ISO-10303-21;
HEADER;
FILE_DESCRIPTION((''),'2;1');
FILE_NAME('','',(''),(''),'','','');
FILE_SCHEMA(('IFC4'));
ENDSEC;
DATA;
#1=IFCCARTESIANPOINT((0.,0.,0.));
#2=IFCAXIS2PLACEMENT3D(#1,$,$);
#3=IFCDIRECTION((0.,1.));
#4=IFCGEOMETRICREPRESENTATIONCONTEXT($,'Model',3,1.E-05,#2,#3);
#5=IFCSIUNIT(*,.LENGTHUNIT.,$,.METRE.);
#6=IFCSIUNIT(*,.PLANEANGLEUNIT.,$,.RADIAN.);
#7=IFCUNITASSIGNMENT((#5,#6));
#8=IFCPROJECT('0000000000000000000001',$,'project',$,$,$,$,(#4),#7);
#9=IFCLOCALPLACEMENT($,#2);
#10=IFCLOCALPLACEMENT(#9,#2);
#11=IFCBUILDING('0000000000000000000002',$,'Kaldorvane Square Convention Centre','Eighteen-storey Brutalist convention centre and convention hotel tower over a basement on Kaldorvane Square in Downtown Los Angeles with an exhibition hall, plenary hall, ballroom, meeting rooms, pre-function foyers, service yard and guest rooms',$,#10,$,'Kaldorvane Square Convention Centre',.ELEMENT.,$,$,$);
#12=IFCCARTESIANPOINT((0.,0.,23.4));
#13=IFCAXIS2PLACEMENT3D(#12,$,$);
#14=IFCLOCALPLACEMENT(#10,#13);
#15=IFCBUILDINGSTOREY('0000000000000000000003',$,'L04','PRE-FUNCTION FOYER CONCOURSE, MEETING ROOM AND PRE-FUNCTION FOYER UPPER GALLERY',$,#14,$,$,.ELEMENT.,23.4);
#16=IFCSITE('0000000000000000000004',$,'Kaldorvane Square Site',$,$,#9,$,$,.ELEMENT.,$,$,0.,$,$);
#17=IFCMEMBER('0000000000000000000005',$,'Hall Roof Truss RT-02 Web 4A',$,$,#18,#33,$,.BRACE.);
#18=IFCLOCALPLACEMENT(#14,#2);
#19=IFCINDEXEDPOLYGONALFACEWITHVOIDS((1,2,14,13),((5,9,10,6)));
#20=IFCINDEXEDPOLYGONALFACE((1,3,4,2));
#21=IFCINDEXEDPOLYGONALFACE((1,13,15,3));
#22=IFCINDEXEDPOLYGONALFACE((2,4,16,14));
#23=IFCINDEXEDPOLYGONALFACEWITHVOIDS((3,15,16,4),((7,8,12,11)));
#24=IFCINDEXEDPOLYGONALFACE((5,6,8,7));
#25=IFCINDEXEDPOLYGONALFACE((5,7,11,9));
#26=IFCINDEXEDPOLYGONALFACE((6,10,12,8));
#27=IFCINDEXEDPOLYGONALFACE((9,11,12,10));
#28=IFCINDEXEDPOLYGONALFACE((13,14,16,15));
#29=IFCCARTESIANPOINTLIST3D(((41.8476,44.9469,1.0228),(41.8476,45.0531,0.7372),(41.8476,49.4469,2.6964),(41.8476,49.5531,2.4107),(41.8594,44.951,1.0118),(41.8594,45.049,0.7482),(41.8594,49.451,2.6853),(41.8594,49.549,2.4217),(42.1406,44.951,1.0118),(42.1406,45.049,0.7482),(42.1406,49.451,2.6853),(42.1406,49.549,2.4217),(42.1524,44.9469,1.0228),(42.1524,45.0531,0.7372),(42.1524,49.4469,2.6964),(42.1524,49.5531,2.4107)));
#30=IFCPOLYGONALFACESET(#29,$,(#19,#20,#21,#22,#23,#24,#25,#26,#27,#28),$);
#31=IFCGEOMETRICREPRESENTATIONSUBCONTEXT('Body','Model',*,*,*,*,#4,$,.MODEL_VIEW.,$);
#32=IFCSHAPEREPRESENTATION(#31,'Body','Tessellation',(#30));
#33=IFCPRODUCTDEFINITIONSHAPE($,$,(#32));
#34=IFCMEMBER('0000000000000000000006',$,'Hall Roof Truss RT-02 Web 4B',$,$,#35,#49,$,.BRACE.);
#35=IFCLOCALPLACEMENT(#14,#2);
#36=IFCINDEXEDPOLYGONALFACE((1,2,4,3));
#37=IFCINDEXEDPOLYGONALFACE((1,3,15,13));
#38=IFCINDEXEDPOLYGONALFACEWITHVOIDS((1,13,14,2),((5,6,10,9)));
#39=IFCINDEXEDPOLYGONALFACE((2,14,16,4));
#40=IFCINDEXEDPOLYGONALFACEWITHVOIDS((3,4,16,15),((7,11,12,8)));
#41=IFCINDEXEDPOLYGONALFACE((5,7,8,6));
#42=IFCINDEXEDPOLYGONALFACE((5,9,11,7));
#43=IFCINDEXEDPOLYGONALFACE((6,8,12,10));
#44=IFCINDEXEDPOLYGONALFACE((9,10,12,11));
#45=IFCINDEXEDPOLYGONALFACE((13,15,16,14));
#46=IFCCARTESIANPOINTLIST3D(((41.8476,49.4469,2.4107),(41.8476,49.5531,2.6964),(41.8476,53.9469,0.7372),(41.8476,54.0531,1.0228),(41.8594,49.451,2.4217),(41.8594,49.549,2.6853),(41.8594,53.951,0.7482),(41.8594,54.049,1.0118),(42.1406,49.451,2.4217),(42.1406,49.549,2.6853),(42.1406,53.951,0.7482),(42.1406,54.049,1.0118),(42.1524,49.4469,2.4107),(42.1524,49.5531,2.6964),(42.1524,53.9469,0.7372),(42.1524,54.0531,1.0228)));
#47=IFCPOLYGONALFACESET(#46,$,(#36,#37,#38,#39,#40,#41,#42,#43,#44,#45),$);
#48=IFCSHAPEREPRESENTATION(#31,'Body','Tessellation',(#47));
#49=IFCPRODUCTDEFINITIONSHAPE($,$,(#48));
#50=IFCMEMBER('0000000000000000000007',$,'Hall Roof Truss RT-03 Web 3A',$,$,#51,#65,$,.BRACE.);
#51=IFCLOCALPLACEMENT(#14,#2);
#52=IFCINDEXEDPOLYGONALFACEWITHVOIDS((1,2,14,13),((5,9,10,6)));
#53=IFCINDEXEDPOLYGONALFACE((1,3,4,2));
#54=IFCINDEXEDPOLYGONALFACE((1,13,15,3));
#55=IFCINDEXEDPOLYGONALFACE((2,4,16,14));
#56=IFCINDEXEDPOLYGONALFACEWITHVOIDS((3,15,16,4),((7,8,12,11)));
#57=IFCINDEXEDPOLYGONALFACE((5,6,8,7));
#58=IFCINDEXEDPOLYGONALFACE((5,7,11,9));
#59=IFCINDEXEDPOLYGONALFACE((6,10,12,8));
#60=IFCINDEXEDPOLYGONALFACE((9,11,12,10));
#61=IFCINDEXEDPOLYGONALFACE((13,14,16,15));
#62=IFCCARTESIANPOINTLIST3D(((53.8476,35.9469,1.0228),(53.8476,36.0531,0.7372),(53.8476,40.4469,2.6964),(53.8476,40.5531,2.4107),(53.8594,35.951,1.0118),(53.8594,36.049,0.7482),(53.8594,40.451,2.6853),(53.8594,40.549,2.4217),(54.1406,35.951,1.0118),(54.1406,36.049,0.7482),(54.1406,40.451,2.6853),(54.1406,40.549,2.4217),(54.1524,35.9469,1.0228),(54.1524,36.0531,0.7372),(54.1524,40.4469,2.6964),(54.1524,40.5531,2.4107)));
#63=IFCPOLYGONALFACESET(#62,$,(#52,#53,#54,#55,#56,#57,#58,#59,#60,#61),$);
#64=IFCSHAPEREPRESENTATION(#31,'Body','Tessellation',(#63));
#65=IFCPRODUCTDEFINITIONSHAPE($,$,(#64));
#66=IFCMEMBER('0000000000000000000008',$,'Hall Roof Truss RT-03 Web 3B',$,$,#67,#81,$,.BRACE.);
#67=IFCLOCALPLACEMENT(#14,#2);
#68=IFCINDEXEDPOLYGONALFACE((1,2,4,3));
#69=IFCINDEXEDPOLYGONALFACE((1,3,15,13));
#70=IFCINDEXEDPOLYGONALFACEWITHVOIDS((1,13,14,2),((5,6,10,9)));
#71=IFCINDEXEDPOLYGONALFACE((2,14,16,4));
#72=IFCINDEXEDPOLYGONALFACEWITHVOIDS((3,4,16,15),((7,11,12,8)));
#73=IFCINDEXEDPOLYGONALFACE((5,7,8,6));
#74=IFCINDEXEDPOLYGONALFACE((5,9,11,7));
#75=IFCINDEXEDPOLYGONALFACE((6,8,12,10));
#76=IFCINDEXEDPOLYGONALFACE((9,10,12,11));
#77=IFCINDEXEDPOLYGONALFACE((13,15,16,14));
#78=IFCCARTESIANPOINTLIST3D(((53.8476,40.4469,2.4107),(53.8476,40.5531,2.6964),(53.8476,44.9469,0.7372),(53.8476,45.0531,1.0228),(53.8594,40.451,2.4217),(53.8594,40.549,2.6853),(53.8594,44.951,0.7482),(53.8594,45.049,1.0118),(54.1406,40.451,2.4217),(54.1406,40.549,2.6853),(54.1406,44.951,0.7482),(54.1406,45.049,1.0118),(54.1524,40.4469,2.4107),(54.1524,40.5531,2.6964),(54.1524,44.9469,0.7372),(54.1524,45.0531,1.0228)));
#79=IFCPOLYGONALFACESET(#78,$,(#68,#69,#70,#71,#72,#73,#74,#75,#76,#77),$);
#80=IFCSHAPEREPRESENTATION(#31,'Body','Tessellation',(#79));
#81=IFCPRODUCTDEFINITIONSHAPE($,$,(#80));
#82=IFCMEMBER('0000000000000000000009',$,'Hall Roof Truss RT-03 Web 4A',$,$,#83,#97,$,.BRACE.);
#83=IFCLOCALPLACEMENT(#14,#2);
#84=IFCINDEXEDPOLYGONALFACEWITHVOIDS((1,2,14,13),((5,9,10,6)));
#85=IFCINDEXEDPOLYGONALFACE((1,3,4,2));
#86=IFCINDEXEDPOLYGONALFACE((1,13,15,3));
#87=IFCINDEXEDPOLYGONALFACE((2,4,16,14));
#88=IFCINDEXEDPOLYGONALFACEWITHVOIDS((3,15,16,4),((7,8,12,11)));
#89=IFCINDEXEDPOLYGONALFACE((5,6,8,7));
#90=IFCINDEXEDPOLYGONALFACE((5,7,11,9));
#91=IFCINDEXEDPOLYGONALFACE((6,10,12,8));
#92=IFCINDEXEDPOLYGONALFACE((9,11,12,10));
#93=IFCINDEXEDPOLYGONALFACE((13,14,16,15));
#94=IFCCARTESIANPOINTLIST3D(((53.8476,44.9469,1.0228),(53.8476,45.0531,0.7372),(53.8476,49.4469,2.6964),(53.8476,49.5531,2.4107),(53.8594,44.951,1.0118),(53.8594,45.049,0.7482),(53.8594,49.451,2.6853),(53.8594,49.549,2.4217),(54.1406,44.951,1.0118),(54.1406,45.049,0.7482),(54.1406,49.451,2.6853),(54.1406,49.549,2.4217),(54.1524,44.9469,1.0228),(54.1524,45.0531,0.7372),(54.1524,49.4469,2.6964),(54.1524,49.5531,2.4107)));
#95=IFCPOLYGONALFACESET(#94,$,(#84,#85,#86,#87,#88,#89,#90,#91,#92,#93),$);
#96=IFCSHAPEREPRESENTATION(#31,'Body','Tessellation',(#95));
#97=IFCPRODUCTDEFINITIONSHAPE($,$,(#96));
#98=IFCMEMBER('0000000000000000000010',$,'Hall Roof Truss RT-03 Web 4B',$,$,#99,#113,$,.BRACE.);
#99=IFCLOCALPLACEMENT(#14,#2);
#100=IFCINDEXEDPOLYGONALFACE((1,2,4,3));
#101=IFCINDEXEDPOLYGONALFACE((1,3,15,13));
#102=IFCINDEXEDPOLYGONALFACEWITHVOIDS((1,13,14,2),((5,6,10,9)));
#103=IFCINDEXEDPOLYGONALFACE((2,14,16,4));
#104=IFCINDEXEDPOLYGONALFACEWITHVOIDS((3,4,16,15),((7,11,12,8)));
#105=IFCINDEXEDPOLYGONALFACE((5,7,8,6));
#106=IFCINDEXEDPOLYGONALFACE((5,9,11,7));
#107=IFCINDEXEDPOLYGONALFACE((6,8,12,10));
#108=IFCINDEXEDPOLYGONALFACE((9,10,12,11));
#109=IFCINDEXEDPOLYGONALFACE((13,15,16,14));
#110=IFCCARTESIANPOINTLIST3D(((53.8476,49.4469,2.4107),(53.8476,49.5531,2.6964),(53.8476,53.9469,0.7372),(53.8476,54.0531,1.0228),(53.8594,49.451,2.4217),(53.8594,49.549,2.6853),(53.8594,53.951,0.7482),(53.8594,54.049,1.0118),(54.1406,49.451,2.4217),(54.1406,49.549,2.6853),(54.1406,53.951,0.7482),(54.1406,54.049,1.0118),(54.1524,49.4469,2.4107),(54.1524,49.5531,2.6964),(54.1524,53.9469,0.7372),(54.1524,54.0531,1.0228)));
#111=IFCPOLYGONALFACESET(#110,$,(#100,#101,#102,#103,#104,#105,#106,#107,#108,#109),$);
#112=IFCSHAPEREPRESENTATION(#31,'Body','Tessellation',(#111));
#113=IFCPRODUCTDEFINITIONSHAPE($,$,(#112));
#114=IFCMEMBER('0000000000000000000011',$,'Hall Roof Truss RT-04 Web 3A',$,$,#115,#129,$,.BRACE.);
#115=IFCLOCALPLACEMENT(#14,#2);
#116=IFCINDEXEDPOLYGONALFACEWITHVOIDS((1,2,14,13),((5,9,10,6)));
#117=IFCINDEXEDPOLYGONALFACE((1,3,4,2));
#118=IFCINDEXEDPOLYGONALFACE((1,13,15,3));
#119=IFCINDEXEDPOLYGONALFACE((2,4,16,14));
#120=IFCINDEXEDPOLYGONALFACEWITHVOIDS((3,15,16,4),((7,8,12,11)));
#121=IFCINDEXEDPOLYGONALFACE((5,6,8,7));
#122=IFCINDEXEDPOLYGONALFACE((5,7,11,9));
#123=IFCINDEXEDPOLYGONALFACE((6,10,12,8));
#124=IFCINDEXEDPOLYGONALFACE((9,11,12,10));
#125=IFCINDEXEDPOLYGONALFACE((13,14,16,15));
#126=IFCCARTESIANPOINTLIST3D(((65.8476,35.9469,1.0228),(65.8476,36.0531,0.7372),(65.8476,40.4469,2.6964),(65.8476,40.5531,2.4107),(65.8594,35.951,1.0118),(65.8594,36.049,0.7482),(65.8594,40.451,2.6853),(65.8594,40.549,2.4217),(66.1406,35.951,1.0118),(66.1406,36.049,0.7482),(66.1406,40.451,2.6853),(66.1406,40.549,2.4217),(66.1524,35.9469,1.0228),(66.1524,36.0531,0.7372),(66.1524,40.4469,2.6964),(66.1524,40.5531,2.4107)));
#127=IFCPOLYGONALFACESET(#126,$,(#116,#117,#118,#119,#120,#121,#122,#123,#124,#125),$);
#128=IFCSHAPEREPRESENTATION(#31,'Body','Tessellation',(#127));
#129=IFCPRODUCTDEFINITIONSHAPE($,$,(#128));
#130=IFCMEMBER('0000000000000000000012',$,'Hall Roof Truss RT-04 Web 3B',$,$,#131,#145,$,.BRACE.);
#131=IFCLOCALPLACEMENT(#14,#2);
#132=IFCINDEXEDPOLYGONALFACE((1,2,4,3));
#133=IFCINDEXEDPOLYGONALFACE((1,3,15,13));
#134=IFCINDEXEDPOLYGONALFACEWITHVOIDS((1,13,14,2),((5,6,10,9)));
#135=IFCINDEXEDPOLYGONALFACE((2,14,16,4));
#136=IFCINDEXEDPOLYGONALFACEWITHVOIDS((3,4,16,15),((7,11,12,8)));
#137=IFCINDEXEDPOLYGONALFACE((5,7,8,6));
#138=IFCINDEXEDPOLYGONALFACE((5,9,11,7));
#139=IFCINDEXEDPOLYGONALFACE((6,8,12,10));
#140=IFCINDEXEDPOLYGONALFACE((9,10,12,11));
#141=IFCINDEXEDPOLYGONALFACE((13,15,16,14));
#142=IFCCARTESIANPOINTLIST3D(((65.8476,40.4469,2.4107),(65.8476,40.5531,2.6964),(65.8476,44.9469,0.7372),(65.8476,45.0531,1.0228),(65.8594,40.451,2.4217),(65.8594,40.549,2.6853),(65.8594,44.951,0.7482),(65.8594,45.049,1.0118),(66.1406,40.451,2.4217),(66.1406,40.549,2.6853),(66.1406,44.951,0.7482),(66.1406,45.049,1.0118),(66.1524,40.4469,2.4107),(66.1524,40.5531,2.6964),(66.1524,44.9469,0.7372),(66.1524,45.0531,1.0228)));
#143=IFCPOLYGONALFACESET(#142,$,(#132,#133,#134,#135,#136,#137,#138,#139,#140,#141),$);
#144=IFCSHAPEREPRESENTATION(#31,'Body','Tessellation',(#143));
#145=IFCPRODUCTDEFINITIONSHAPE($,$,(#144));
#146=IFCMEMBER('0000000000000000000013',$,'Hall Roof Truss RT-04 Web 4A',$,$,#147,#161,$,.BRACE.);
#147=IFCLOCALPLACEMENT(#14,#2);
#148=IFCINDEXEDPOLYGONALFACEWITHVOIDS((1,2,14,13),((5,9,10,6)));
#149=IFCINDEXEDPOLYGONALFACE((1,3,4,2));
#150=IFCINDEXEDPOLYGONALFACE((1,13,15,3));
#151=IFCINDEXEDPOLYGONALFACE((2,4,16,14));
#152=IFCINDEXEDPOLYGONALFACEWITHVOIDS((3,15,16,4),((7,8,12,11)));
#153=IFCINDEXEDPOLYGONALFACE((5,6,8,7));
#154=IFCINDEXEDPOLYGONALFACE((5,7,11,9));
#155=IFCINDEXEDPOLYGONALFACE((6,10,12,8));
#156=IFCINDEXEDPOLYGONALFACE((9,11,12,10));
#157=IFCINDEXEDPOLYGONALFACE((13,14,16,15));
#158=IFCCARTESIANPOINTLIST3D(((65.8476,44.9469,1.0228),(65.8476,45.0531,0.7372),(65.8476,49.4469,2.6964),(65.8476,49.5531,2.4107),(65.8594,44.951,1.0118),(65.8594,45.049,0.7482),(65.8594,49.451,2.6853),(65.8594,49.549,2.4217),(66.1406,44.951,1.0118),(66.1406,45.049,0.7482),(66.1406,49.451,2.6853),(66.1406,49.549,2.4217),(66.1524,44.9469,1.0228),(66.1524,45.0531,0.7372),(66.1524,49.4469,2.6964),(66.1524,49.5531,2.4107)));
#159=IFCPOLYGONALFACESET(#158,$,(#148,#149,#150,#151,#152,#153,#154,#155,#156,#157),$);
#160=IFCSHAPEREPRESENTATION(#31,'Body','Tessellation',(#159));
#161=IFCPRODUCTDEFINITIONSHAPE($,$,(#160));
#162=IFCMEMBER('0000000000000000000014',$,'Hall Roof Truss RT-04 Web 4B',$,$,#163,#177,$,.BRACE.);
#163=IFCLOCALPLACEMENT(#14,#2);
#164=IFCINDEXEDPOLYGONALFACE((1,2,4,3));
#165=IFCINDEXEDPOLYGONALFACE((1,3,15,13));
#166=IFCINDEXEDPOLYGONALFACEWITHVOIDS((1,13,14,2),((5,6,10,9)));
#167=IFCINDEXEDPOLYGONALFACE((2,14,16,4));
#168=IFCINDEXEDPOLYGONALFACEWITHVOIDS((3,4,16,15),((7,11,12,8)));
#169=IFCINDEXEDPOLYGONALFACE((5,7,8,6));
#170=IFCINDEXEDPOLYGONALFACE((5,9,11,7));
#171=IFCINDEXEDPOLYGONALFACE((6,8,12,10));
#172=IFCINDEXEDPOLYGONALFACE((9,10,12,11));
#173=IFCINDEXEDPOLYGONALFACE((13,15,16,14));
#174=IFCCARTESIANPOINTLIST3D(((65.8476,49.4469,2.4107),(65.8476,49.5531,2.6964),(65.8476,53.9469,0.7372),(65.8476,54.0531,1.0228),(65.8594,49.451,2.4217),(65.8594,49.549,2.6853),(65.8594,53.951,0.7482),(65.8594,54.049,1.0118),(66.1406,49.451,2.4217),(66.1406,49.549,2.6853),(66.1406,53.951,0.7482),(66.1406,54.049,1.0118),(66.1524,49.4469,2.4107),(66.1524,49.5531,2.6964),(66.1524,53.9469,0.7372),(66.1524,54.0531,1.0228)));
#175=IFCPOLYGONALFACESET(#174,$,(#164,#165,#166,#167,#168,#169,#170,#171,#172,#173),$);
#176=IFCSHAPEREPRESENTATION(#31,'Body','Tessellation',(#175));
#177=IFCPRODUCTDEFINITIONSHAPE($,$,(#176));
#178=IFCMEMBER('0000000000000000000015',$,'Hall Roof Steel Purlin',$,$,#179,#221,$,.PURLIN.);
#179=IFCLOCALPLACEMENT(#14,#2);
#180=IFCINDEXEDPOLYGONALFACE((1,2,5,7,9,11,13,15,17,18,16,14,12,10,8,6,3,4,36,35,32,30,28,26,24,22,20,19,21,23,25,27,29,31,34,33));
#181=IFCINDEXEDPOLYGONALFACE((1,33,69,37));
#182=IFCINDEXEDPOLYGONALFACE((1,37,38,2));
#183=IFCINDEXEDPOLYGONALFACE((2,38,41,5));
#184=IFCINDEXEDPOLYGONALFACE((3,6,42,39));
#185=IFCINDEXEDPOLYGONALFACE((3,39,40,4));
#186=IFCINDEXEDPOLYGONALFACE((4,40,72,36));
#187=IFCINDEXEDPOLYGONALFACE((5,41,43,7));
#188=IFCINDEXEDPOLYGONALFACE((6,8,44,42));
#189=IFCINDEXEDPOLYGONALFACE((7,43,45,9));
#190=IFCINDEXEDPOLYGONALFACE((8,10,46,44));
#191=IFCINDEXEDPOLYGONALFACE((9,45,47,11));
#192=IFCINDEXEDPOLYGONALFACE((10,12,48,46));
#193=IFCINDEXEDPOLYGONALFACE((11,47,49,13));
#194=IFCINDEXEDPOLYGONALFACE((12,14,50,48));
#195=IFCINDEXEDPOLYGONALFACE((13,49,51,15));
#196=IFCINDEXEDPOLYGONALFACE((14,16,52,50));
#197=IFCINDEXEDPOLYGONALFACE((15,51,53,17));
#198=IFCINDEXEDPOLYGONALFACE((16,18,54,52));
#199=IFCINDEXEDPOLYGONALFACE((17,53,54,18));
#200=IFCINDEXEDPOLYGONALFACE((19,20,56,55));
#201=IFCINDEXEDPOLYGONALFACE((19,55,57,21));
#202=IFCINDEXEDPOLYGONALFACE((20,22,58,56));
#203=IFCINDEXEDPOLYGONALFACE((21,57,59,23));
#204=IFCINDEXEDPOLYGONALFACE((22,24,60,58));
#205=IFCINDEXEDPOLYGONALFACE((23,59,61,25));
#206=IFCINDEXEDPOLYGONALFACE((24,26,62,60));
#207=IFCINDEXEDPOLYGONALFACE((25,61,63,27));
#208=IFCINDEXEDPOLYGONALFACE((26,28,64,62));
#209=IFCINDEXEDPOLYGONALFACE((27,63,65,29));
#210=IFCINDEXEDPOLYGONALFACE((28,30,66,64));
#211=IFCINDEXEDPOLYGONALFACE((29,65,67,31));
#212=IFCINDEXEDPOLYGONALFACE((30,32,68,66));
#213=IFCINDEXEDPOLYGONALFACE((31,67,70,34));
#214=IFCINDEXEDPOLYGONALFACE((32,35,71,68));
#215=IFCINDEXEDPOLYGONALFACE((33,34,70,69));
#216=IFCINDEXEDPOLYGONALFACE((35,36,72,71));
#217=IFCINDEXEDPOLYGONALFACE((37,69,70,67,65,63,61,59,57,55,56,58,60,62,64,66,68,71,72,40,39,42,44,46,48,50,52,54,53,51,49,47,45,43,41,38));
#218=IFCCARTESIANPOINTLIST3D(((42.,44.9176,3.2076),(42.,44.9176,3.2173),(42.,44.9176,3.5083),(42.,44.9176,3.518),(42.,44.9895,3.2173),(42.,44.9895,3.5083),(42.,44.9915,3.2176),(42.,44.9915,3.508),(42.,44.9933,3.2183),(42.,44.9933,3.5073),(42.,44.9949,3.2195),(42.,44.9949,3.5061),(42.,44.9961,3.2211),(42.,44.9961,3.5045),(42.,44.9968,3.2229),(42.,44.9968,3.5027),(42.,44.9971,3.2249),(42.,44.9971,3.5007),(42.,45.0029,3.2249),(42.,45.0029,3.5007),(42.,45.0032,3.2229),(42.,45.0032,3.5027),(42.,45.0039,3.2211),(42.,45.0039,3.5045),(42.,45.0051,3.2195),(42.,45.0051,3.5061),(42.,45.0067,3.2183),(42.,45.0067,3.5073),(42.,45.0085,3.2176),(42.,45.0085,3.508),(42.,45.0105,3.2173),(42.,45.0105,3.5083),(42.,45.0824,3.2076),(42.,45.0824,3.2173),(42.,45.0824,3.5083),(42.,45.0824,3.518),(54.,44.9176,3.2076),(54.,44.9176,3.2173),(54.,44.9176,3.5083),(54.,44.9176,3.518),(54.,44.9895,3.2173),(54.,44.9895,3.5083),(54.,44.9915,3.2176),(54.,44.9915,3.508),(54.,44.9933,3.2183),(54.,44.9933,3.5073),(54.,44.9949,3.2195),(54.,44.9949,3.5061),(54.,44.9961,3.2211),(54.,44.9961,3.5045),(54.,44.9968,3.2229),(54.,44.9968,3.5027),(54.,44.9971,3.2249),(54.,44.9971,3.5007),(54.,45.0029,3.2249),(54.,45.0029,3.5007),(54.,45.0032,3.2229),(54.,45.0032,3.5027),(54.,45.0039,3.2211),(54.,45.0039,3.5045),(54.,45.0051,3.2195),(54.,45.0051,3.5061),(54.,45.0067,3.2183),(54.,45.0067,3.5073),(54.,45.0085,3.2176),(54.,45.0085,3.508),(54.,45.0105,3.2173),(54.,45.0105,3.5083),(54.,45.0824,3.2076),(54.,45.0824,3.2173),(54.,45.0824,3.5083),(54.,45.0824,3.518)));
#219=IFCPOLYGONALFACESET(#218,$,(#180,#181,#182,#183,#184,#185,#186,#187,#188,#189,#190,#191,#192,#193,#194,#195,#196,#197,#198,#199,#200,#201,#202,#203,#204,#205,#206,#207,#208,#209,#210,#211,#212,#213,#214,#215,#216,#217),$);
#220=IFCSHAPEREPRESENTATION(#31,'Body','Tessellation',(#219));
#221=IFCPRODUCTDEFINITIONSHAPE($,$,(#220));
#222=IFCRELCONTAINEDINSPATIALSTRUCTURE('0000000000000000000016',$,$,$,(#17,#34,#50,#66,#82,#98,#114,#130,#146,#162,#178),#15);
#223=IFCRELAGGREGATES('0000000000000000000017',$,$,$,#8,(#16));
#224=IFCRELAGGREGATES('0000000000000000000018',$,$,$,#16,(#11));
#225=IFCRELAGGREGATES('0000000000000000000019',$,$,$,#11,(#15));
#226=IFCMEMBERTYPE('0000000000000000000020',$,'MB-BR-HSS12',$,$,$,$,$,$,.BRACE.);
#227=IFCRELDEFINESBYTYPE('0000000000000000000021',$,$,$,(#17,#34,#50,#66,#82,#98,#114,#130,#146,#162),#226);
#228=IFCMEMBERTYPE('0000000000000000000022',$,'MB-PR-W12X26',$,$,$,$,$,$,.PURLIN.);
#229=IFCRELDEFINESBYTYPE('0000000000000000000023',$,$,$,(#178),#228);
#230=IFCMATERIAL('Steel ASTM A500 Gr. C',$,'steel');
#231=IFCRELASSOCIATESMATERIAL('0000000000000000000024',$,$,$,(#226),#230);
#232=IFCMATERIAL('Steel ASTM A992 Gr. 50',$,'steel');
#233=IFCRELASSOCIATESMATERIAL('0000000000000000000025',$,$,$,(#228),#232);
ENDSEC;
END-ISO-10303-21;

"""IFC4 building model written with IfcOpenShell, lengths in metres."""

from ifc_helpers import new_model, si_unit, direction, frame, origin, origin_2d, place, context, subcontext, project, spatial, hollow_rectangle, i_section, extrude, material, material_profile, profile_set, type_object, element, save


model = new_model("IFC4")

# Units and contexts
model_context = context("Model", 3, precision=1e-05, world=origin(), true_north=direction((0.0, 1.0)))
body_context = subcontext(model_context, "Body", "Model", "MODEL_VIEW")
ifc_project = project(units=[si_unit("LENGTHUNIT", "METRE"), si_unit("PLANEANGLEUNIT", "RADIAN")], contexts=[model_context])

# Site, building, storey
site_placement = place(None, origin())
site = spatial("IfcSite", under=ifc_project, at=site_placement, Name="Kaldorvane Square Site", CompositionType="ELEMENT", RefElevation=0.0)
building_placement = place(site_placement, origin())
building = spatial("IfcBuilding", under=site, at=building_placement, Name="Kaldorvane Square Convention Centre", Description="Eighteen-storey Brutalist convention centre and convention hotel tower over a basement on Kaldorvane Square in Downtown Los Angeles with an exhibition hall, plenary hall, ballroom, meeting rooms, pre-function foyers, service yard and guest rooms", LongName="Kaldorvane Square Convention Centre", CompositionType="ELEMENT")
storey_placement = place(building_placement, frame((0.0, 0.0, 23.4)))
storey = spatial("IfcBuildingStorey", under=building, at=storey_placement, Name="L04", Description="PRE-FUNCTION FOYER CONCOURSE, MEETING ROOM AND PRE-FUNCTION FOYER UPPER GALLERY", CompositionType="ELEMENT", Elevation=23.4)

# Members
ifc_material_1 = material(Name="Steel ASTM A500 Gr. C", Category="steel")
ifc_material_profile_1 = material_profile(ifc_material_1, hollow_rectangle(XDim=0.3048, YDim=0.3048, WallThickness=0.0118, at=origin_2d()), Name="HSS12X12X1/2")
ifc_profile_set_1 = profile_set([ifc_material_profile_1], Name="Steel ASTM A500 Gr. C")
member_type_1 = type_object("IfcMemberType", Name="MB-BR-HSS12", PredefinedType="BRACE", material=ifc_profile_set_1)
for number, where, z_axis, x_axis, name in (
    (1, (42.0, 45.0, 0.88), (0.0, 0.937284, 0.348567), (-1.0, 0.0, 0.0), "Hall Roof Truss RT-02 Web 4A"),
    (2, (42.0, 49.5, 2.5535), (0.0, 0.937284, -0.348567), (-1.0, 0.0, 0.0), "Hall Roof Truss RT-02 Web 4B"),
    (3, (54.0, 36.0, 0.88), (0.0, 0.937284, 0.348567), (-1.0, 0.0, 0.0), "Hall Roof Truss RT-03 Web 3A"),
    (4, (54.0, 40.5, 2.5535), (0.0, 0.937284, -0.348567), (-1.0, 0.0, 0.0), "Hall Roof Truss RT-03 Web 3B"),
    (5, (54.0, 45.0, 0.88), (0.0, 0.937284, 0.348567), (-1.0, 0.0, 0.0), "Hall Roof Truss RT-03 Web 4A"),
    (6, (54.0, 49.5, 2.5535), (0.0, 0.937284, -0.348567), (-1.0, 0.0, 0.0), "Hall Roof Truss RT-03 Web 4B"),
    (7, (66.0, 36.0, 0.88), (0.0, 0.937284, 0.348567), (-1.0, 0.0, 0.0), "Hall Roof Truss RT-04 Web 3A"),
    (8, (66.0, 40.5, 2.5535), (0.0, 0.937284, -0.348567), (-1.0, 0.0, 0.0), "Hall Roof Truss RT-04 Web 3B"),
    (9, (66.0, 45.0, 0.88), (0.0, 0.937284, 0.348567), (-1.0, 0.0, 0.0), "Hall Roof Truss RT-04 Web 4A"),
    (10, (66.0, 49.5, 2.5535), (0.0, 0.937284, -0.348567), (-1.0, 0.0, 0.0), "Hall Roof Truss RT-04 Web 4B"),
):
    element("IfcMember", number, at=place(storey_placement, frame(where, z_axis=z_axis, x_axis=x_axis)), inside=storey, type_object=member_type_1, Name=name, PredefinedType="BRACE", context=body_context, shape_type="SweptSolid", body=[
        extrude(hollow_rectangle(XDim=0.3048, YDim=0.3048, WallThickness=0.0118, at=origin_2d()), origin(), (0.0, 0.0, 1.0), 4.8011),
    ])
ifc_material_2 = material(Name="Steel ASTM A992 Gr. 50", Category="steel")
ifc_material_profile_2 = material_profile(ifc_material_2, i_section(OverallWidth=0.1648, OverallDepth=0.3104, WebThickness=0.0058, FlangeThickness=0.0097, FilletRadius=0.0076, at=origin_2d()), Name="W12X26")
ifc_profile_set_2 = profile_set([ifc_material_profile_2], Name="Steel ASTM A992 Gr. 50")
member_type_2 = type_object("IfcMemberType", Name="MB-PR-W12X26", PredefinedType="PURLIN", material=ifc_profile_set_2)
for number, where, z_axis, x_axis, name in (
    (11, (42.0, 45.0, 3.3628), (1.0, 0.0, 0.0), (0.0, 1.0, 0.0), "Hall Roof Steel Purlin"),
):
    element("IfcMember", number, at=place(storey_placement, frame(where, z_axis=z_axis, x_axis=x_axis)), inside=storey, type_object=member_type_2, Name=name, PredefinedType="PURLIN", context=body_context, shape_type="SweptSolid", body=[
        extrude(i_section(OverallWidth=0.1648, OverallDepth=0.3104, WebThickness=0.0058, FlangeThickness=0.0097, FilletRadius=0.0076, at=origin_2d()), origin(), (0.0, 0.0, 1.0), 12.0),
    ])

save(model, "model.ifc")
